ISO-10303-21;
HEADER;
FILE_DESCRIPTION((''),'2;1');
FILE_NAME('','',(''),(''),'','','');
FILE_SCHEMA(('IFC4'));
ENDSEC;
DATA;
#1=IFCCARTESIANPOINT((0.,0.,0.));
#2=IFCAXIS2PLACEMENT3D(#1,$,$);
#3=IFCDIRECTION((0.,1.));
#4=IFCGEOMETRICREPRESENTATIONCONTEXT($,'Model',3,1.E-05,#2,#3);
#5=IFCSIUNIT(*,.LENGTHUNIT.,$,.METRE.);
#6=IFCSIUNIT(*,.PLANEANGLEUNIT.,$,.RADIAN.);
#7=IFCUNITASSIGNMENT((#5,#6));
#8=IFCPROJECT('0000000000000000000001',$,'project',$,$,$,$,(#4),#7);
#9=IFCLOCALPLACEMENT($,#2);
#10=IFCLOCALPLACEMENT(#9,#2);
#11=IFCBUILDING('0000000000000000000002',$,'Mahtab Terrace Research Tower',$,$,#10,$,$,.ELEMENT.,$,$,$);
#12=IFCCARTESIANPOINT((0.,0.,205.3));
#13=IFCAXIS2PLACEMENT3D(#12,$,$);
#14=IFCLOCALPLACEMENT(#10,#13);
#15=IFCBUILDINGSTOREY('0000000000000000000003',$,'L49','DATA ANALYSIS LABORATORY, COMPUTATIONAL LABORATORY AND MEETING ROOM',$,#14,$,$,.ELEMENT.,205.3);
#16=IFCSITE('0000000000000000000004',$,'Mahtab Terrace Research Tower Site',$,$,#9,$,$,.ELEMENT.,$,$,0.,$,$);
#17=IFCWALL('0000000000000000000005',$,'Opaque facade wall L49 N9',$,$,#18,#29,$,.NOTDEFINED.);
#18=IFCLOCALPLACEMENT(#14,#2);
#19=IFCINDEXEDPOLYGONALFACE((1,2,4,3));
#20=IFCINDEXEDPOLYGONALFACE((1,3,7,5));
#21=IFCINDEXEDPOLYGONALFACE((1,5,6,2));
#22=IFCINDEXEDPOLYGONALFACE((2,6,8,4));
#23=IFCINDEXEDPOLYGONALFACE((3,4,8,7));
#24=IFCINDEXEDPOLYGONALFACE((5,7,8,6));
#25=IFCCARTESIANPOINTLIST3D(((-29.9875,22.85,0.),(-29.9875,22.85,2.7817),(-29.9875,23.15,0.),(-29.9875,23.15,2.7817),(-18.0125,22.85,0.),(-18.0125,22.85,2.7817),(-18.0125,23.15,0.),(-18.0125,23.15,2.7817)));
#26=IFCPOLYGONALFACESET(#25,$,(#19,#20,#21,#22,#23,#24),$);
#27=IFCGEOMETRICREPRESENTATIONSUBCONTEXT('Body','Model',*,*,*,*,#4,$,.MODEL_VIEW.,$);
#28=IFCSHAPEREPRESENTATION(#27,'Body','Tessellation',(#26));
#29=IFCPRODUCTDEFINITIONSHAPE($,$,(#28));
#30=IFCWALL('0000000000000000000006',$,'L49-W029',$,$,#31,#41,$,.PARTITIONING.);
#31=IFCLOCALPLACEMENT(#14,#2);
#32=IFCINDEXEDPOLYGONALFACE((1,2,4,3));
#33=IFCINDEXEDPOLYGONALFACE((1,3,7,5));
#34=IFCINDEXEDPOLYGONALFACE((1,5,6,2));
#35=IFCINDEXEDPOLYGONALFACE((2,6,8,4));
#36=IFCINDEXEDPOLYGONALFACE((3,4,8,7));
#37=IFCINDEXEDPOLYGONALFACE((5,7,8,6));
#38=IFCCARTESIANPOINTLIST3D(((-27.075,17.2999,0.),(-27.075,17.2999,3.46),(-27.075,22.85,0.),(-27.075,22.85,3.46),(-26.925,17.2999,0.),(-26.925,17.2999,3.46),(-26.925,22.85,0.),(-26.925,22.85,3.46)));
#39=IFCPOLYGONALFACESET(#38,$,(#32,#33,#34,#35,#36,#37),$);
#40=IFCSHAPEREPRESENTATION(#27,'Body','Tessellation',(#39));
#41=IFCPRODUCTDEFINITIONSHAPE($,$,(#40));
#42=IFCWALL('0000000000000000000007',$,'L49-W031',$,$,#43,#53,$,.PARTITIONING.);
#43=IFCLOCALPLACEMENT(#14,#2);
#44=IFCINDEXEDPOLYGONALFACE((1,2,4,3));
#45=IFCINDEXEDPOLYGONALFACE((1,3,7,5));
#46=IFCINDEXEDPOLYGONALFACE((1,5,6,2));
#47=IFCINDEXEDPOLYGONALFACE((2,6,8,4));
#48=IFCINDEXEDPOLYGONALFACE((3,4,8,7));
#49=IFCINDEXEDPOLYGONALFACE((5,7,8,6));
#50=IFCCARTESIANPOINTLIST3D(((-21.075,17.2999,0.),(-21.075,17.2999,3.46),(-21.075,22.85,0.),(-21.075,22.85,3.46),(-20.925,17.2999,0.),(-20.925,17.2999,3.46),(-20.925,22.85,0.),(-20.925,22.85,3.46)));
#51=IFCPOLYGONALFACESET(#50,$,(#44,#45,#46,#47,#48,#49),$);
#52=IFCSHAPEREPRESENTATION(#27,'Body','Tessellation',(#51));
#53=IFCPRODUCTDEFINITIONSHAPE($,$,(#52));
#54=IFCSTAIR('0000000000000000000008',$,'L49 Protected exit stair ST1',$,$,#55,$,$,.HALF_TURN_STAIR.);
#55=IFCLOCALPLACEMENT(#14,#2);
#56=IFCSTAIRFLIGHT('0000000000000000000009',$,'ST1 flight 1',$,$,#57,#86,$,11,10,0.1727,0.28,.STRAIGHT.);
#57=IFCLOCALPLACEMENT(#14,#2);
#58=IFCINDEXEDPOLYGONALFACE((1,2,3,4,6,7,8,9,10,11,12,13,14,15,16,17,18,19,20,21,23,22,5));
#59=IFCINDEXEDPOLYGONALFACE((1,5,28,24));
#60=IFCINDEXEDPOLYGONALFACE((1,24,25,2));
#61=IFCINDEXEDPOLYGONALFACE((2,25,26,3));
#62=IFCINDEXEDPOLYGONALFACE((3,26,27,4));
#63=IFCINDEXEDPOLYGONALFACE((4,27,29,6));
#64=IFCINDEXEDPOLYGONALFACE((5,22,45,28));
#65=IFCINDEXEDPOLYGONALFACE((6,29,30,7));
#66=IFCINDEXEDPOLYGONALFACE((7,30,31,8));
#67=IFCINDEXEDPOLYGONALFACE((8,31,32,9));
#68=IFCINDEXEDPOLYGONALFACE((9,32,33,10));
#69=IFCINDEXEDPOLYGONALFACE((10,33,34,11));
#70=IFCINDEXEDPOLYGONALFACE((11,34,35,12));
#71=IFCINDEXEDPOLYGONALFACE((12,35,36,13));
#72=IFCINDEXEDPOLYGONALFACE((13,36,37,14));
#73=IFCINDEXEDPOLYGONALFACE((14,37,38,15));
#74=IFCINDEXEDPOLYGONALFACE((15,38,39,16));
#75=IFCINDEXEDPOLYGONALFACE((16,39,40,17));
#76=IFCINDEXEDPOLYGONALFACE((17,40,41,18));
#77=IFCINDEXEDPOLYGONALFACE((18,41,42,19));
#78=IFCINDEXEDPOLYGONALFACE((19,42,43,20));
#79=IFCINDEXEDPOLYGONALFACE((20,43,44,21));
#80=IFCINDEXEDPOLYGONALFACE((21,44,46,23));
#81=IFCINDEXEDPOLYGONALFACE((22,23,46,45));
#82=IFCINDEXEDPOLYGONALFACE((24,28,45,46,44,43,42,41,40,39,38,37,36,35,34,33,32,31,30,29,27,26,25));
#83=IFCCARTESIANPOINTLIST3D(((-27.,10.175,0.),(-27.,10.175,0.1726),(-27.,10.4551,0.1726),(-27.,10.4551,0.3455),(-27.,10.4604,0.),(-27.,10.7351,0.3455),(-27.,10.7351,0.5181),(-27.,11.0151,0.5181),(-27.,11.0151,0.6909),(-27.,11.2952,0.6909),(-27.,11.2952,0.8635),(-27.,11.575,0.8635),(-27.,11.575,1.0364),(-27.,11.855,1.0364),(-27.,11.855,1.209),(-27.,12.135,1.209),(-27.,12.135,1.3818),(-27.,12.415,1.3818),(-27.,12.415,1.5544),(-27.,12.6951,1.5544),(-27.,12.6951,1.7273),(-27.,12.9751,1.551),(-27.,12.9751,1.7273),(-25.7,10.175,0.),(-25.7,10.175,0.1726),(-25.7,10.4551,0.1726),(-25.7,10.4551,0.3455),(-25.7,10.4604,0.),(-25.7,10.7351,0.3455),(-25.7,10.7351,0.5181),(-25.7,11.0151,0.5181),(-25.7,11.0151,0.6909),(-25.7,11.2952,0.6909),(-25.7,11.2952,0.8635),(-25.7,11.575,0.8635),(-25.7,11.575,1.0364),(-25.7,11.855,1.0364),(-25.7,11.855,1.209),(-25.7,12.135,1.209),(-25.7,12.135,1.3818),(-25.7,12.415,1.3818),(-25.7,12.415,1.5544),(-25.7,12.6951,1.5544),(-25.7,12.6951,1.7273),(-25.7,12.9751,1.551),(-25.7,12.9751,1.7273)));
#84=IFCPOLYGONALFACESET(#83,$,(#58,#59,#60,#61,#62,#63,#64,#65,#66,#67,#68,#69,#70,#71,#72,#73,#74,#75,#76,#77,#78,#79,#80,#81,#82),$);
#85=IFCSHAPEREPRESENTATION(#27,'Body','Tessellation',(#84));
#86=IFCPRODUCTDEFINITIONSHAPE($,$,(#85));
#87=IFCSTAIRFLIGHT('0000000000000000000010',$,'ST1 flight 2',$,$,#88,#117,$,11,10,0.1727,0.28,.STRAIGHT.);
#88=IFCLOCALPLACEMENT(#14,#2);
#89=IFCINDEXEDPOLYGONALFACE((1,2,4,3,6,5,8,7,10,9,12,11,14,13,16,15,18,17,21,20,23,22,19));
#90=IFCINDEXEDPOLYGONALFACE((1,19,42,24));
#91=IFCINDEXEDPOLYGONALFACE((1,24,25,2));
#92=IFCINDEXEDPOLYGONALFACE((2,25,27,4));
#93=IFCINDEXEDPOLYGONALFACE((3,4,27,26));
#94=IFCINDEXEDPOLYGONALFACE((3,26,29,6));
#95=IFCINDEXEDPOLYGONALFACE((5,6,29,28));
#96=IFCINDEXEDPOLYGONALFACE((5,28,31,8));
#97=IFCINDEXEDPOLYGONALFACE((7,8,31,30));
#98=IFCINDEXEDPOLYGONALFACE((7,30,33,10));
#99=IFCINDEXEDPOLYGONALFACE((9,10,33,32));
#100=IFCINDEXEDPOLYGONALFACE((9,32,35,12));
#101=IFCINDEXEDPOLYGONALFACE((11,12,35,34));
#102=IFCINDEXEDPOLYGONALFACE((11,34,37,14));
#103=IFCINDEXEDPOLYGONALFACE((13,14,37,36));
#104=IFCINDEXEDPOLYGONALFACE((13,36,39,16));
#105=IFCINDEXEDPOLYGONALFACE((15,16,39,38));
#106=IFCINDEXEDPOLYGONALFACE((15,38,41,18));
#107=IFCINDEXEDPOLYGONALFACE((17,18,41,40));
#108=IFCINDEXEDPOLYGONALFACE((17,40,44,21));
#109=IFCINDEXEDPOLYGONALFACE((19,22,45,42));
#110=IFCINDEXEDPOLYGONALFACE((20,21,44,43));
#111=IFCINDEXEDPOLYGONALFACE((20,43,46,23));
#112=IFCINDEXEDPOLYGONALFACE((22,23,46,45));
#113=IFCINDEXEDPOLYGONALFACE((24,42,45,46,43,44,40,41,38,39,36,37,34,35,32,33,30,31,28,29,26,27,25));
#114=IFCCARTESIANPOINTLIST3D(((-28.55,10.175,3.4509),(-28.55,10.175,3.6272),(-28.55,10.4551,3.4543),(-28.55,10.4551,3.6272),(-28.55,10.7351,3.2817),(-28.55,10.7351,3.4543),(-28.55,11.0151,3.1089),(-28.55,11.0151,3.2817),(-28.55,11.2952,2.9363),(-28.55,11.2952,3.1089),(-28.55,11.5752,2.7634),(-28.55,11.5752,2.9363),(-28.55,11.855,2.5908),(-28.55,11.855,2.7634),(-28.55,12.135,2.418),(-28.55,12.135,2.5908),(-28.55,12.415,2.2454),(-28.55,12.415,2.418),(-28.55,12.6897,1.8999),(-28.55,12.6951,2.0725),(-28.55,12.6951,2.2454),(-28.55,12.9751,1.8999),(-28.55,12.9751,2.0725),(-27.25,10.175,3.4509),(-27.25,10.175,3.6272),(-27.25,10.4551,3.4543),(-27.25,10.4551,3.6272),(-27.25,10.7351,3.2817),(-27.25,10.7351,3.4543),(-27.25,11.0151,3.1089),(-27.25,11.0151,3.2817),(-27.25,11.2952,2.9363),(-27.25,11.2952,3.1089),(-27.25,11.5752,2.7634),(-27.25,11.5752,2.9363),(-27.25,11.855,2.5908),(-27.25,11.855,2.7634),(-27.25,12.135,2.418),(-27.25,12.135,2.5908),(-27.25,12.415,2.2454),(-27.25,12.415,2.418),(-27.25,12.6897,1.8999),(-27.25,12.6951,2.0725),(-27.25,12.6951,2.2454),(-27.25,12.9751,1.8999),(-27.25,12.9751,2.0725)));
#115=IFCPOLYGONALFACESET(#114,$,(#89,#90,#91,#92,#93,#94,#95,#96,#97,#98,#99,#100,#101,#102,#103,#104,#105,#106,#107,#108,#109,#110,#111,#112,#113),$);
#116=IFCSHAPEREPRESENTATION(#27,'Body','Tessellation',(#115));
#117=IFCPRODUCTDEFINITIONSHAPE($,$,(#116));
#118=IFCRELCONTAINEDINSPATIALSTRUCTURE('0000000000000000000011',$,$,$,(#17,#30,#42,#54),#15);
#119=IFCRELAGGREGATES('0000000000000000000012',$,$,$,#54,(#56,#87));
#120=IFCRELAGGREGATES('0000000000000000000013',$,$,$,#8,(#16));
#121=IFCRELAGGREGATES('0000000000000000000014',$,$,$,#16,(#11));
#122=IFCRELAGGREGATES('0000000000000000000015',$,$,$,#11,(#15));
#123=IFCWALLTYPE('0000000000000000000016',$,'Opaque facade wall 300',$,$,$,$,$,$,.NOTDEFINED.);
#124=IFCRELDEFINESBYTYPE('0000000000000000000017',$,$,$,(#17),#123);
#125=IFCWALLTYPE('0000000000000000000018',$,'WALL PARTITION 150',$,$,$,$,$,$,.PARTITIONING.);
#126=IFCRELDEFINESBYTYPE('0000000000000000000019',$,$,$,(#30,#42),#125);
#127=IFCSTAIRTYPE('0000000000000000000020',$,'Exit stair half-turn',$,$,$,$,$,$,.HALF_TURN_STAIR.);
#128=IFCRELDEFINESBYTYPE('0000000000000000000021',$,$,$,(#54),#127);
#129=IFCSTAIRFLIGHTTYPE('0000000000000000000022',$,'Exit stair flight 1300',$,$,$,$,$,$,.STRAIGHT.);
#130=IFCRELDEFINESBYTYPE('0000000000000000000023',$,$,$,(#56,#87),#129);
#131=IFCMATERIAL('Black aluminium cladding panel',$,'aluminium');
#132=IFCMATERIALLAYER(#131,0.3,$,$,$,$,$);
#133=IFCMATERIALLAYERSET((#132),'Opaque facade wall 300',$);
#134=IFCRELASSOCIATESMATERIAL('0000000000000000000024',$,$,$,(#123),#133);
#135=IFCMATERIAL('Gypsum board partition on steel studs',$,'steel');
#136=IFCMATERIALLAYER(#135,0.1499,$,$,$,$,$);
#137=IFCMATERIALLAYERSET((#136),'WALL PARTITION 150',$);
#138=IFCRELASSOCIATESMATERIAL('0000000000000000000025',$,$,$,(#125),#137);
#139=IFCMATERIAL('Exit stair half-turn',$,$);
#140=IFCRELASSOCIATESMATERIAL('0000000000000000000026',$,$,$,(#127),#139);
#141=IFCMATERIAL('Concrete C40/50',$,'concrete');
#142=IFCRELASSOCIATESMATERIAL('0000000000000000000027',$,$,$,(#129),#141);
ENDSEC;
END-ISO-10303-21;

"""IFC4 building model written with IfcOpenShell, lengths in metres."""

from ifc_helpers import new_model, si_unit, direction, frame, frame_2d, origin, place, context, subcontext, project, spatial, polyline, rectangle, outline, extrude, material, layer, layer_set, type_object, element, aggregate, save


model = new_model("IFC4")

# Units and contexts
model_context = context("Model", 3, precision=1e-05, world=origin(), true_north=direction((0.0, 1.0)))
body_context = subcontext(model_context, "Body", "Model", "MODEL_VIEW")
ifc_project = project(units=[si_unit("LENGTHUNIT", "METRE"), si_unit("PLANEANGLEUNIT", "RADIAN")], contexts=[model_context])

# Site, building, storey
site_placement = place(None, origin())
site = spatial("IfcSite", under=ifc_project, at=site_placement, Name="Mahtab Terrace Research Tower Site", CompositionType="ELEMENT", RefElevation=0.0)
building_placement = place(site_placement, origin())
building = spatial("IfcBuilding", under=site, at=building_placement, Name="Mahtab Terrace Research Tower", CompositionType="ELEMENT")
storey_placement = place(building_placement, frame((0.0, 0.0, 205.3)))
storey = spatial("IfcBuildingStorey", under=building, at=storey_placement, Name="L49", Description="DATA ANALYSIS LABORATORY, COMPUTATIONAL LABORATORY AND MEETING ROOM", CompositionType="ELEMENT", Elevation=205.3)

# Walls
ifc_material_1 = material(Name="Black aluminium cladding panel", Category="aluminium")
ifc_layer_1 = layer(ifc_material_1, 0.3)
ifc_layer_set_1 = layer_set([ifc_layer_1], Name="Opaque facade wall 300")
wall_type_1 = type_object("IfcWallType", Name="Opaque facade wall 300", PredefinedType="NOTDEFINED", material=ifc_layer_set_1)
wall_1_placement = place(storey_placement, frame((-18.0125, 23.0, 0.0), z_axis=(0.0, 0.0, 1.0), x_axis=(-1.0, 0.0, 0.0)))
element("IfcWall", 1, at=wall_1_placement, inside=storey, type_object=wall_type_1, Name="Opaque facade wall L49 N9", PredefinedType="NOTDEFINED", context=body_context, shape_type="SweptSolid", body=[
    extrude(rectangle(XDim=11.9751, YDim=0.3, at=frame_2d((5.9875, 0.0))), origin(), (0.0, 0.0, 1.0), 2.7817),
])
ifc_material_2 = material(Name="Gypsum board partition on steel studs", Category="steel")
ifc_layer_2 = layer(ifc_material_2, 0.1499)
ifc_layer_set_2 = layer_set([ifc_layer_2], Name="WALL PARTITION 150")
wall_type_2 = type_object("IfcWallType", Name="WALL PARTITION 150", PredefinedType="PARTITIONING", material=ifc_layer_set_2)
for number, where, z_axis, x_axis, name in (
    (2, (-27.0, 17.3, 0.0), (0.0, 0.0, 1.0), (0.0, 1.0, 0.0), "L49-W029"),
    (3, (-21.0, 17.3, 0.0), (0.0, 0.0, 1.0), (0.0, 1.0, 0.0), "L49-W031"),
):
    element("IfcWall", number, at=place(storey_placement, frame(where, z_axis=z_axis, x_axis=x_axis)), inside=storey, type_object=wall_type_2, Name=name, PredefinedType="PARTITIONING", context=body_context, shape_type="SweptSolid", body=[
        extrude(rectangle(XDim=5.55, YDim=0.1499, at=frame_2d((2.7749, 0.0))), origin(), (0.0, 0.0, 1.0), 3.46),
    ])

# Stair, stair flights
ifc_material_3 = material(Name="Exit stair half-turn")
stair_type = type_object("IfcStairType", Name="Exit stair half-turn", PredefinedType="HALF_TURN_STAIR", material=ifc_material_3)
stair_placement = place(storey_placement, origin())
stair = element("IfcStair", 4, at=stair_placement, inside=storey, type_object=stair_type, Name="L49 Protected exit stair ST1", PredefinedType="HALF_TURN_STAIR")
ifc_material_4 = material(Name="Concrete C40/50", Category="concrete")
stair_flight_type = type_object("IfcStairFlightType", Name="Exit stair flight 1300", PredefinedType="STRAIGHT", material=ifc_material_4)
stair_flight_1_placement = place(storey_placement, frame((-26.3501, 10.175, 0.0), z_axis=(0.0, 0.0, 1.0), x_axis=(0.0, 1.0, 0.0)))
stair_flight_1 = element("IfcStairFlight", 5, at=stair_flight_1_placement, type_object=stair_flight_type, Name="ST1 flight 1", NumberOfRisers=11, NumberOfTreads=10, PredefinedType="STRAIGHT", RiserHeight=0.1727, TreadLength=0.28, context=body_context, shape_type="SweptSolid", body=[
    extrude(outline(polyline([(0.0, 0.0), (0.0, 0.1726), (0.28, 0.1726), (0.28, 0.3455), (0.5601, 0.3455), (0.5601, 0.5181), (0.8401, 0.5181), (0.8401, 0.6909), (1.1201, 0.6909), (1.1201, 0.8635), (1.3999, 0.8635), (1.3999, 1.0364), (1.6799, 1.0364), (1.6799, 1.209), (1.96, 1.209), (1.96, 1.3818), (2.24, 1.3818), (2.24, 1.5544), (2.52, 1.5544), (2.52, 1.7273), (2.8, 1.7273), (2.8, 1.8999), (2.8, 1.551), (0.2854, 0.0), (0.0, 0.0)])), frame((0.0, 0.6499, 0.0), z_axis=(0.0, -1.0, 0.0), x_axis=(1.0, 0.0, 0.0)), (0.0, 0.0, 1.0), 1.3),
])
stair_flight_2_placement = place(storey_placement, frame((-27.8999, 12.9751, 1.8999), z_axis=(0.0, 0.0, 1.0), x_axis=(0.0, -1.0, 0.0)))
stair_flight_2 = element("IfcStairFlight", 6, at=stair_flight_2_placement, type_object=stair_flight_type, Name="ST1 flight 2", NumberOfRisers=11, NumberOfTreads=10, PredefinedType="STRAIGHT", RiserHeight=0.1727, TreadLength=0.28, context=body_context, shape_type="SweptSolid", body=[
    extrude(outline(polyline([(0.0, 0.0), (0.0, 0.1726), (0.28, 0.1726), (0.28, 0.3455), (0.5601, 0.3455), (0.5601, 0.5181), (0.8401, 0.5181), (0.8401, 0.6909), (1.1201, 0.6909), (1.1201, 0.8635), (1.3999, 0.8635), (1.3999, 1.0364), (1.6799, 1.0364), (1.6799, 1.209), (1.96, 1.209), (1.96, 1.3818), (2.24, 1.3818), (2.24, 1.5544), (2.52, 1.5544), (2.52, 1.7273), (2.8, 1.7273), (2.8, 1.8999), (2.8, 1.551), (0.2854, 0.0), (0.0, 0.0)])), frame((0.0, 0.6499, 0.0), z_axis=(0.0, -1.0, 0.0), x_axis=(1.0, 0.0, 0.0)), (0.0, 0.0, 1.0), 1.3),
])
aggregate(stair, [stair_flight_1, stair_flight_2])

save(model, "model.ifc")
